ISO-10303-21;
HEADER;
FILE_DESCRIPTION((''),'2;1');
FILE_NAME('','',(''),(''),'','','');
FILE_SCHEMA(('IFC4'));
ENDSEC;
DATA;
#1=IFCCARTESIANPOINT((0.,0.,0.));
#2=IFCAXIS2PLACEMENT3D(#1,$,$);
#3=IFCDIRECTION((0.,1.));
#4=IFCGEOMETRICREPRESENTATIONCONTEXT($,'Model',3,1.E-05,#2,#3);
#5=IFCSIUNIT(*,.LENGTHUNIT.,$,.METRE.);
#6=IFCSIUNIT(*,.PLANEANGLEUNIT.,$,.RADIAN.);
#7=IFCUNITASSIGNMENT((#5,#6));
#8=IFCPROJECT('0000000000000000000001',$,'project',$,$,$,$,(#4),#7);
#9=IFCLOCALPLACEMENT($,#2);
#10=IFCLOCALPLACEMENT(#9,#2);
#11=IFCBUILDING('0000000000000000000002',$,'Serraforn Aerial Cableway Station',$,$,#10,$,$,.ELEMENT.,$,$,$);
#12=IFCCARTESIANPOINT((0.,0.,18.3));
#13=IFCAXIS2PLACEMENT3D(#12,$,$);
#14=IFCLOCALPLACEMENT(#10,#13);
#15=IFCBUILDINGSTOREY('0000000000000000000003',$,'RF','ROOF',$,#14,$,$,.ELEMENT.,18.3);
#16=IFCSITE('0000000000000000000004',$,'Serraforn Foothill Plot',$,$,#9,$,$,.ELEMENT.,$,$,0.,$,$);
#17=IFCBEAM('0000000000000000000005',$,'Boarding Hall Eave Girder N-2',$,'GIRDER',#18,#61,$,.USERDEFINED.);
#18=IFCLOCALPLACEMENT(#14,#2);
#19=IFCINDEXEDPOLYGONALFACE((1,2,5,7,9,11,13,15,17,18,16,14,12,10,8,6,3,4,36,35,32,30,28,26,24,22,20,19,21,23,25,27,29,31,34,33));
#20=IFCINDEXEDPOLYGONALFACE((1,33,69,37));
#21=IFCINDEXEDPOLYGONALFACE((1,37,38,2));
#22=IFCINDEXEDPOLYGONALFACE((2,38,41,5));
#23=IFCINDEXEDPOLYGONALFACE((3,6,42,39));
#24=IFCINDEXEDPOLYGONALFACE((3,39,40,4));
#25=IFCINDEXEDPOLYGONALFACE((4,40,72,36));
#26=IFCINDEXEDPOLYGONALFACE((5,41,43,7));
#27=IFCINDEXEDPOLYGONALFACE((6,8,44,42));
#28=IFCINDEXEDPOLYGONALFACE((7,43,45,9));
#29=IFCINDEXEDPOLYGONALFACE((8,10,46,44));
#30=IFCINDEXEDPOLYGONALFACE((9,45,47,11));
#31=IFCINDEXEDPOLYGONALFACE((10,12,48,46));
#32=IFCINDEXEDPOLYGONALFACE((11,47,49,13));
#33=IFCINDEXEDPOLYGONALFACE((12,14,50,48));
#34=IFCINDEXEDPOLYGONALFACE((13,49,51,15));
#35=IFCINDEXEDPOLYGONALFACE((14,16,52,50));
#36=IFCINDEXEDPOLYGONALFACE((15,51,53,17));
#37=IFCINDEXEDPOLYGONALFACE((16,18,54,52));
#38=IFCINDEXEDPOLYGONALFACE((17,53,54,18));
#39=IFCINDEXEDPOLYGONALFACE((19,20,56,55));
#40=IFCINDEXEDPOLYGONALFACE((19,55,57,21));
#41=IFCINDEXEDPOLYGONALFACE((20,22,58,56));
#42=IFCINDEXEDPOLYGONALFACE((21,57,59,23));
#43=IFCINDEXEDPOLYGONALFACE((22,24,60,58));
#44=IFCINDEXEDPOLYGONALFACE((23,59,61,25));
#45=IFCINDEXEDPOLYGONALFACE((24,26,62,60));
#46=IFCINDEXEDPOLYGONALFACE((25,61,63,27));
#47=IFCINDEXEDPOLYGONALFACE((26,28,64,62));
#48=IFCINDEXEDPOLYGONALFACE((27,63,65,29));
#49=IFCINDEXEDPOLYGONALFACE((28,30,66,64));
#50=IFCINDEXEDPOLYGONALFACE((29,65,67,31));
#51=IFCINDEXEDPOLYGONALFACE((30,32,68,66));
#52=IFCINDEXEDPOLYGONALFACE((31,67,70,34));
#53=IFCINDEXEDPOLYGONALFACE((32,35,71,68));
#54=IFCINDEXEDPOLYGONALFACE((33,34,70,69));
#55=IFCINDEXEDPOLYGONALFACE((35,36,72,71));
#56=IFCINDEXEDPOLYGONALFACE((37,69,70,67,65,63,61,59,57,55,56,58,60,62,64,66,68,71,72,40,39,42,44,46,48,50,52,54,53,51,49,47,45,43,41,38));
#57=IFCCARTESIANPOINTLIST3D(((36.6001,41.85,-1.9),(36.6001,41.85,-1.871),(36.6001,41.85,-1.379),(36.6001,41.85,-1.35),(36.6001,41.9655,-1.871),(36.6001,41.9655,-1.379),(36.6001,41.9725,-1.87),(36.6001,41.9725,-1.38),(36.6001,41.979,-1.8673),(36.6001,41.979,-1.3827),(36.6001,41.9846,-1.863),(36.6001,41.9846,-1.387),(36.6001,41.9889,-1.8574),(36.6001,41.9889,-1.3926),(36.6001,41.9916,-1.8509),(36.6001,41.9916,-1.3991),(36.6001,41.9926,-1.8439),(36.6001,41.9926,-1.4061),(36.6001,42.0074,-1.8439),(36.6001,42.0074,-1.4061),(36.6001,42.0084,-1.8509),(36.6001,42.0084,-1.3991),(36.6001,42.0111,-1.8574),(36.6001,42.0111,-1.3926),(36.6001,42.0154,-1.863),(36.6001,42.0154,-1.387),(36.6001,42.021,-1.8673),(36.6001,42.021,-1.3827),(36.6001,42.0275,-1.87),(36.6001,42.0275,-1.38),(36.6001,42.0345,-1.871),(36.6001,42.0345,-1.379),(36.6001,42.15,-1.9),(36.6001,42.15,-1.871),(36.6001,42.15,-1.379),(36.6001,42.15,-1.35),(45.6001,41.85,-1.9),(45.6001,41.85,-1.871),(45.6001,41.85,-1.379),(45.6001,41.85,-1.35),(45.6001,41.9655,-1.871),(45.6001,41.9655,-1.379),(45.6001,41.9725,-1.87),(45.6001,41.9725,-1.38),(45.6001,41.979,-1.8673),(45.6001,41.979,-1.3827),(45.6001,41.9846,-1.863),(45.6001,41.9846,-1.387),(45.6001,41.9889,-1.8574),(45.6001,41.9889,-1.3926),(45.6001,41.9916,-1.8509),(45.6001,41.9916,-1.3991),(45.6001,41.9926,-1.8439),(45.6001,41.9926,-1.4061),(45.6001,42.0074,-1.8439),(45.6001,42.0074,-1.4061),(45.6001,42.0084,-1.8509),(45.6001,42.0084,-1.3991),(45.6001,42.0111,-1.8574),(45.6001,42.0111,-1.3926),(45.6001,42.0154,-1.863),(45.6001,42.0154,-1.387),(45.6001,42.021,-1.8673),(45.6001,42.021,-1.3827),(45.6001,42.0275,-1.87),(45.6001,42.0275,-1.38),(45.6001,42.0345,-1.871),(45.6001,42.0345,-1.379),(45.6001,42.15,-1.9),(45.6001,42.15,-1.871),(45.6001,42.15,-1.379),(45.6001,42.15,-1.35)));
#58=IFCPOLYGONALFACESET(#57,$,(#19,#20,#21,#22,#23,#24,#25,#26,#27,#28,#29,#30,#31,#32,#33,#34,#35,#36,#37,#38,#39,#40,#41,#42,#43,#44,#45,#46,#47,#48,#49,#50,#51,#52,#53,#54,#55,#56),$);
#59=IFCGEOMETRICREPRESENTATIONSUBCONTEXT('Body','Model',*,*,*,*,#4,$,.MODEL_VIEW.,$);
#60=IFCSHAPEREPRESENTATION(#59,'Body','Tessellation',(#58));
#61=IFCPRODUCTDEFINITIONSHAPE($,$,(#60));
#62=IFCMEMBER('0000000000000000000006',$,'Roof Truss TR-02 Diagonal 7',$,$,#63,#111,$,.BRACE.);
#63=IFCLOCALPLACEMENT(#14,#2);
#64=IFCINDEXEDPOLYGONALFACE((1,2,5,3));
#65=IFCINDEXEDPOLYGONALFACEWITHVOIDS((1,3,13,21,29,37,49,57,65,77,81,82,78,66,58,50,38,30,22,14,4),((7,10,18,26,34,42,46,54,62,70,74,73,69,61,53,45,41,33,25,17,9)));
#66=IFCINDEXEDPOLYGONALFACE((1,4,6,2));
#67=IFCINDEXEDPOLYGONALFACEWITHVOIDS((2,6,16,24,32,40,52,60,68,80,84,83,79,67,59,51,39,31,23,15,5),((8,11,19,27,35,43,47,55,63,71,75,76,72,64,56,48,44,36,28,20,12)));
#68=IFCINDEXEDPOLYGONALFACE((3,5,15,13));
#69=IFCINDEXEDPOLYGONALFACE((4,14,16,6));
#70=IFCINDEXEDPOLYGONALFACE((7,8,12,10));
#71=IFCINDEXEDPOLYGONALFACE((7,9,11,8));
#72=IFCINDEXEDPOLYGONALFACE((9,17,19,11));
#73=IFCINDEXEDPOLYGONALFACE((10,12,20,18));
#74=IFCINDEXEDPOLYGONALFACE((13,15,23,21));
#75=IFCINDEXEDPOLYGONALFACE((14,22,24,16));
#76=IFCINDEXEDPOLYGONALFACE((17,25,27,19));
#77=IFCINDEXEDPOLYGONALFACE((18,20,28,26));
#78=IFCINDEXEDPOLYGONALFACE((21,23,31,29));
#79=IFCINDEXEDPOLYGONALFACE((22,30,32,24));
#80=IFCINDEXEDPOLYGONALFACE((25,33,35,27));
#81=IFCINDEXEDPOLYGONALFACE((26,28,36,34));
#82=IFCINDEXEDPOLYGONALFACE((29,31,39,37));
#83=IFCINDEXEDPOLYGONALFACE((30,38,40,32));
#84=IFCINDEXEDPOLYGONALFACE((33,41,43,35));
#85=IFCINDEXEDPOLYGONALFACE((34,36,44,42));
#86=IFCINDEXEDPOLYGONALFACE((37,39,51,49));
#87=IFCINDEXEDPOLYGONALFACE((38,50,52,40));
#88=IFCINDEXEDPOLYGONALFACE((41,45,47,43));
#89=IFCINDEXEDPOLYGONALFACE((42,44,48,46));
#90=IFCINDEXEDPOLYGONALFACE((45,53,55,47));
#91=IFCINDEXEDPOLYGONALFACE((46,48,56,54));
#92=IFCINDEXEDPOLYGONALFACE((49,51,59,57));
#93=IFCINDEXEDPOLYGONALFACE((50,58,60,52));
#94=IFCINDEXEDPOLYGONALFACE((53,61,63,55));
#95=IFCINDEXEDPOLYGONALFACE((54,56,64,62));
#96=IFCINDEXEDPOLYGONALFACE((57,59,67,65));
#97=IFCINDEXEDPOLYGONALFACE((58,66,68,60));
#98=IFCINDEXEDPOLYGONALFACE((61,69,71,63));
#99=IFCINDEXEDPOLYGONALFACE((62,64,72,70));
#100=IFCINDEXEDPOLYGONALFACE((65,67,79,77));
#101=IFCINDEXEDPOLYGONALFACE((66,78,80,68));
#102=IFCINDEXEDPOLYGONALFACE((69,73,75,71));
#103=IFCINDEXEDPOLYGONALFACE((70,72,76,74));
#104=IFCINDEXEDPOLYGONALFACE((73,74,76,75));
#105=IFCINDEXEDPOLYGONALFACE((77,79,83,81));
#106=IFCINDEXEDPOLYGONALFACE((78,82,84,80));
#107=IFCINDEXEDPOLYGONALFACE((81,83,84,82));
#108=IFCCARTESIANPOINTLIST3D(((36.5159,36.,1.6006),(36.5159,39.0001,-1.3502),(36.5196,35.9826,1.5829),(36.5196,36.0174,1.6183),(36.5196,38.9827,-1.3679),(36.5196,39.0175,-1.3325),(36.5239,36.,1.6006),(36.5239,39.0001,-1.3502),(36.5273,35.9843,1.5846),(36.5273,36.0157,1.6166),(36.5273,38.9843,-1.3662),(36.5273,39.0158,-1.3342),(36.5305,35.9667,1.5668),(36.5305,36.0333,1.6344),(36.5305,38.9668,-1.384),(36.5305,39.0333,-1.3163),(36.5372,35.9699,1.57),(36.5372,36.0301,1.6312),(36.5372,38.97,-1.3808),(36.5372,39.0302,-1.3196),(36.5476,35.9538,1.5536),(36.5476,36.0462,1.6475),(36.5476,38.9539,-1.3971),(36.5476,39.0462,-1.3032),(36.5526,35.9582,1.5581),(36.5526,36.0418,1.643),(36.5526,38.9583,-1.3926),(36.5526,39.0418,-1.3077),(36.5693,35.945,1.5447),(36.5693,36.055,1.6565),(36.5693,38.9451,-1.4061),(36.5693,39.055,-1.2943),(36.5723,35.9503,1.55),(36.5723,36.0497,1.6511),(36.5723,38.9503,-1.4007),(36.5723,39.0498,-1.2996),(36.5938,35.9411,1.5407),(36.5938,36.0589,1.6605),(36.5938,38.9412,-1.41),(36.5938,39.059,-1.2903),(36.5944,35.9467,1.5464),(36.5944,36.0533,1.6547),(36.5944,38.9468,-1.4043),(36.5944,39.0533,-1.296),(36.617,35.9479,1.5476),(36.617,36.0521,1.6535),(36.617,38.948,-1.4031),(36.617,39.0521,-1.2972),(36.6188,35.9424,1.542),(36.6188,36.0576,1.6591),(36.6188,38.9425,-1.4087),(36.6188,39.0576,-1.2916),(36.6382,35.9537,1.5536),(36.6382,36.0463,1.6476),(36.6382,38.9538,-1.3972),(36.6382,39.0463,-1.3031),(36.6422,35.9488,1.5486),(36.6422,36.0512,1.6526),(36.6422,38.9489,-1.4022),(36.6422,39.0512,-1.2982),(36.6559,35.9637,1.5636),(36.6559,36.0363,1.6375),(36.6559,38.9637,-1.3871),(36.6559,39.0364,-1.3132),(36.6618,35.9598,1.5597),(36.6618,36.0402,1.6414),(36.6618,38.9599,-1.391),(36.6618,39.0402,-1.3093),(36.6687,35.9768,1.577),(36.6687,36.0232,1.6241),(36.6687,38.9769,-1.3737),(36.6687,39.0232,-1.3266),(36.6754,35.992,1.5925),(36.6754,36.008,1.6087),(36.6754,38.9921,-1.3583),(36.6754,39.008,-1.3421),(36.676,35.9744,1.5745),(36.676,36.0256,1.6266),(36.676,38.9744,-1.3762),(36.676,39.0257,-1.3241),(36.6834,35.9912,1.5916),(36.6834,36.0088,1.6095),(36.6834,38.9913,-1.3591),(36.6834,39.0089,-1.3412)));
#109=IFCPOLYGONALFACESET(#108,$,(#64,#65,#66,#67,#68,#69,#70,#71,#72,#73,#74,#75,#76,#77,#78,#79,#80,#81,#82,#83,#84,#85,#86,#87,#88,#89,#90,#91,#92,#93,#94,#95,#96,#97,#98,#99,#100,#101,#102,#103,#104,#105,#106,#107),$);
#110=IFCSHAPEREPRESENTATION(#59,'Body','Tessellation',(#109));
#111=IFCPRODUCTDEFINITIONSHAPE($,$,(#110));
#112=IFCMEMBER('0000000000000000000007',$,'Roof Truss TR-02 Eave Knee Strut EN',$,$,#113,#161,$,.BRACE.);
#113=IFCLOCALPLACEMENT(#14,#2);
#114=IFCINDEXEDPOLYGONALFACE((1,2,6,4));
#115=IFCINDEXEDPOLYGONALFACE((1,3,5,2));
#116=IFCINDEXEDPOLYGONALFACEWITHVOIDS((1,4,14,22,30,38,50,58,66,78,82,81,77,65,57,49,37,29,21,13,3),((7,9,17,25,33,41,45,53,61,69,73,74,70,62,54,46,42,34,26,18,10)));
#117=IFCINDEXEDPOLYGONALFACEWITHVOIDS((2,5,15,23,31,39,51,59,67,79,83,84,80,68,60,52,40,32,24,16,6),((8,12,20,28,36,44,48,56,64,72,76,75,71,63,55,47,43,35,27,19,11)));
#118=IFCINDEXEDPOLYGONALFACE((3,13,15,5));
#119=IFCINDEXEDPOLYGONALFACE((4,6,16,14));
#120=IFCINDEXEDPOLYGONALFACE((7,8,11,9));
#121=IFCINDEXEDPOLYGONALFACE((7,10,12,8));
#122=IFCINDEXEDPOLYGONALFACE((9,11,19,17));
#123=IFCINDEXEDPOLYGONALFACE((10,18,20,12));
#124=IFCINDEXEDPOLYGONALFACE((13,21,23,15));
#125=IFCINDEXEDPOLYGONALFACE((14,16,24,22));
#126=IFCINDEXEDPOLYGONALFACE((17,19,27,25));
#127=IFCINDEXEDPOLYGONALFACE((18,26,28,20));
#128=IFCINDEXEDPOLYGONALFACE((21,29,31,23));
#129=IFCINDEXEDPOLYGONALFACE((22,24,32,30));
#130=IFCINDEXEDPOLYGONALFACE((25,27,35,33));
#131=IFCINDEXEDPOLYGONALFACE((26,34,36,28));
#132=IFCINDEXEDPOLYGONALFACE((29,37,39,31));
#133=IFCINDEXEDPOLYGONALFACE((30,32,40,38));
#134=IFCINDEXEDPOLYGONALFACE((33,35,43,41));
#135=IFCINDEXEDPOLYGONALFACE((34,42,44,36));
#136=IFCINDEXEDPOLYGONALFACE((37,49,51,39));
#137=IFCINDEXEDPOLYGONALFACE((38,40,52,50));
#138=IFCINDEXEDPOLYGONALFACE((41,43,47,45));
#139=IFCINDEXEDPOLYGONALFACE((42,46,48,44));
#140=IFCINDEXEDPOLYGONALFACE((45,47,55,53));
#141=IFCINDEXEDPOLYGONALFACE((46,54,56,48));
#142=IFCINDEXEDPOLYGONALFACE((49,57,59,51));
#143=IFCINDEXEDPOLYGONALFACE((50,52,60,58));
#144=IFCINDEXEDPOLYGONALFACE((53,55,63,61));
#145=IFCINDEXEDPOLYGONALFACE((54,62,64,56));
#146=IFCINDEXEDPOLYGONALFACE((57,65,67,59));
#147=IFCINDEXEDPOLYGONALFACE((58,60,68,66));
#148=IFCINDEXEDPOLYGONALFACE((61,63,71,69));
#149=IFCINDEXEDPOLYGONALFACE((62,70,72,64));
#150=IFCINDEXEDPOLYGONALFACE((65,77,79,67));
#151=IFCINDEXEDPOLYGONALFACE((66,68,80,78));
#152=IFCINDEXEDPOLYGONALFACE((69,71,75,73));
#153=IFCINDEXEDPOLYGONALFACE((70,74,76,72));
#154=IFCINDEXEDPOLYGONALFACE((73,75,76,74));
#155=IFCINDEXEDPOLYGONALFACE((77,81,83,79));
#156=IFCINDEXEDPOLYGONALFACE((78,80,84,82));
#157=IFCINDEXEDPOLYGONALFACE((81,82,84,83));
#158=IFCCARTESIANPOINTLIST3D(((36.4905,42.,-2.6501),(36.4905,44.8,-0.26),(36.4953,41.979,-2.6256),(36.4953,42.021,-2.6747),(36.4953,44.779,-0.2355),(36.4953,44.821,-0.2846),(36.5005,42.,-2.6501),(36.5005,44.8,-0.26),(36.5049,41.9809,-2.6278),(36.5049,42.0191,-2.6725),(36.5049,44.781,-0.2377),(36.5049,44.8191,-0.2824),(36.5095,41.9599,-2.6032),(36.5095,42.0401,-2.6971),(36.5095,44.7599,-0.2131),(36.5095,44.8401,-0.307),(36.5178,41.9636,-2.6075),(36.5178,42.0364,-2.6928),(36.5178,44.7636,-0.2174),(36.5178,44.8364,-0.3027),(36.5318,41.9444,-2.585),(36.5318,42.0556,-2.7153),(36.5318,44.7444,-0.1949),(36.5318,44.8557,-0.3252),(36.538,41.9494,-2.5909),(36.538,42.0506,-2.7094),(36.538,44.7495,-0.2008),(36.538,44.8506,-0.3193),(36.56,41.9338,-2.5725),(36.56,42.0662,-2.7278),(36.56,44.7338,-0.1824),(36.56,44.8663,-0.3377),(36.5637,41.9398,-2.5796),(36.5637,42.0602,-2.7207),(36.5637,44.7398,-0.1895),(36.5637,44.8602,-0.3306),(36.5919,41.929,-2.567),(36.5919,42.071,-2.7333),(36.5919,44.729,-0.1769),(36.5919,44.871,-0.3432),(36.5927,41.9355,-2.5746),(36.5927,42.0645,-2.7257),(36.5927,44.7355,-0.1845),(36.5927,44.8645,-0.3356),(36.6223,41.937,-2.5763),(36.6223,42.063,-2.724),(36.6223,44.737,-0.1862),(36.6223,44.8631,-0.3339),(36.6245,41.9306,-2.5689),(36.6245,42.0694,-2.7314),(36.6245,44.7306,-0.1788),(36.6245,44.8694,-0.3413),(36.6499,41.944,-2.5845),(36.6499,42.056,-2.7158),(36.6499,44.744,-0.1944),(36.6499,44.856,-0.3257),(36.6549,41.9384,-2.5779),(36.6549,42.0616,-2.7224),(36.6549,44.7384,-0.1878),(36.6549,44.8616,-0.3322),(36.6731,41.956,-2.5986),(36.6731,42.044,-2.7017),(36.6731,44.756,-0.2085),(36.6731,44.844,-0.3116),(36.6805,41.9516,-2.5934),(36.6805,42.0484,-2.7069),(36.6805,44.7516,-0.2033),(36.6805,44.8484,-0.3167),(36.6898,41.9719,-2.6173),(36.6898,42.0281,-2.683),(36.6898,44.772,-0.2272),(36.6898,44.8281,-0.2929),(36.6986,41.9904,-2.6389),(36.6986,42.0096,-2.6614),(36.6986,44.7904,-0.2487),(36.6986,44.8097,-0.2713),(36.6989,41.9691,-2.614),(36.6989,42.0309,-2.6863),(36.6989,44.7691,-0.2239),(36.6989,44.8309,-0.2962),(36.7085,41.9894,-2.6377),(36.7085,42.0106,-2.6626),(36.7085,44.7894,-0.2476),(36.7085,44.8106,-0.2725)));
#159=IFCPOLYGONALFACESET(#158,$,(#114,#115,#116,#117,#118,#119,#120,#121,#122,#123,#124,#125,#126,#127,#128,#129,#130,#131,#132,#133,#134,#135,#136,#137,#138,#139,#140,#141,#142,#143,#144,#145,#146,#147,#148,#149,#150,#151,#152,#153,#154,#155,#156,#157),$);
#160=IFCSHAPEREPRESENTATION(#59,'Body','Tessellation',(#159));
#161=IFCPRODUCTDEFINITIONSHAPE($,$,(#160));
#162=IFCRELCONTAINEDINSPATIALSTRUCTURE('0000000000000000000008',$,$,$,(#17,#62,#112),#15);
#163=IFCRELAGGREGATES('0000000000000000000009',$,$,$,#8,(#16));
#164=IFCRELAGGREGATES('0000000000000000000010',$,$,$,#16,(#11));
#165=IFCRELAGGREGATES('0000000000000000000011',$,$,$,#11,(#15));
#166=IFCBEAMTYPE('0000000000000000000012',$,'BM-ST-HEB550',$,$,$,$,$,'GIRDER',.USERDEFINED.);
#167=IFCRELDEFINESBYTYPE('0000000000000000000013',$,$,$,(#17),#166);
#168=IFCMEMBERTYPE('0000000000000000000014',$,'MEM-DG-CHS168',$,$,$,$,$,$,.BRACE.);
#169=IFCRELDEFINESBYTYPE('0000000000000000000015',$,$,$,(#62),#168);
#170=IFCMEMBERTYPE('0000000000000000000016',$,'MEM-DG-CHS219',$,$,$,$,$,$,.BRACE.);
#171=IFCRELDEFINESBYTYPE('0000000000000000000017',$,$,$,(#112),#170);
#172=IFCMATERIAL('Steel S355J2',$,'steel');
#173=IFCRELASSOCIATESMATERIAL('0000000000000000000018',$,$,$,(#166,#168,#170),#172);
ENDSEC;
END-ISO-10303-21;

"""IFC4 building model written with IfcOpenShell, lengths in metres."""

from ifc_helpers import new_model, si_unit, direction, frame, origin, origin_2d, place, context, subcontext, project, spatial, hollow_circle, i_section, extrude, material, material_profile, profile_set, type_object, element, save


model = new_model("IFC4")

# Units and contexts
model_context = context("Model", 3, precision=1e-05, world=origin(), true_north=direction((0.0, 1.0)))
body_context = subcontext(model_context, "Body", "Model", "MODEL_VIEW")
ifc_project = project(units=[si_unit("LENGTHUNIT", "METRE"), si_unit("PLANEANGLEUNIT", "RADIAN")], contexts=[model_context])

# Site, building, storey
site_placement = place(None, origin())
site = spatial("IfcSite", under=ifc_project, at=site_placement, Name="Serraforn Foothill Plot", CompositionType="ELEMENT", RefElevation=0.0)
building_placement = place(site_placement, origin())
building = spatial("IfcBuilding", under=site, at=building_placement, Name="Serraforn Aerial Cableway Station", CompositionType="ELEMENT")
storey_placement = place(building_placement, frame((0.0, 0.0, 18.3)))
storey = spatial("IfcBuildingStorey", under=building, at=storey_placement, Name="RF", Description="ROOF", CompositionType="ELEMENT", Elevation=18.3)

# Beam
ifc_material_1 = material(Name="Steel S355J2", Category="steel")
ifc_material_profile_1 = material_profile(ifc_material_1, i_section(OverallWidth=0.3, OverallDepth=0.55, WebThickness=0.0149, FlangeThickness=0.0291, FilletRadius=0.0271, at=origin_2d()), Name="HEB 550")
ifc_profile_set_1 = profile_set([ifc_material_profile_1], Name="Steel S355J2")
beam_type = type_object("IfcBeamType", Name="BM-ST-HEB550", ElementType="GIRDER", PredefinedType="USERDEFINED", material=ifc_profile_set_1)
beam_placement = place(storey_placement, frame((36.6001, 42.0, -1.625), z_axis=(1.0, 0.0, 0.0), x_axis=(0.0, 1.0, 0.0)))
element("IfcBeam", 1, at=beam_placement, inside=storey, type_object=beam_type, Name="Boarding Hall Eave Girder N-2", ObjectType="GIRDER", PredefinedType="USERDEFINED", context=body_context, shape_type="SweptSolid", body=[
    extrude(i_section(OverallWidth=0.3, OverallDepth=0.55, WebThickness=0.0149, FlangeThickness=0.0291, FilletRadius=0.0271, at=origin_2d()), origin(), (0.0, 0.0, 1.0), 9.0),
])

# Members
ifc_material_profile_2 = material_profile(ifc_material_1, hollow_circle(Radius=0.0842, WallThickness=0.0081, at=origin_2d()), Name="CHS 168.3x8.0")
ifc_profile_set_2 = profile_set([ifc_material_profile_2], Name="Steel S355J2")
member_type_1 = type_object("IfcMemberType", Name="MEM-DG-CHS168", PredefinedType="BRACE", material=ifc_profile_set_2)
member_1_placement = place(storey_placement, frame((36.6001, 36.0, 1.6006), z_axis=(0.0, 0.712942, -0.701223), x_axis=(-1.0, 0.0, 0.0)))
element("IfcMember", 2, at=member_1_placement, inside=storey, type_object=member_type_1, Name="Roof Truss TR-02 Diagonal 7", PredefinedType="BRACE", context=body_context, shape_type="SweptSolid", body=[
    extrude(hollow_circle(Radius=0.0842, WallThickness=0.0081, at=origin_2d()), origin(), (0.0, 0.0, 1.0), 4.208),
])
ifc_material_profile_3 = material_profile(ifc_material_1, hollow_circle(Radius=0.1096, WallThickness=0.01, at=origin_2d()), Name="CHS 219.1x10.0")
ifc_profile_set_3 = profile_set([ifc_material_profile_3], Name="Steel S355J2")
member_type_2 = type_object("IfcMemberType", Name="MEM-DG-CHS219", PredefinedType="BRACE", material=ifc_profile_set_3)
member_2_placement = place(storey_placement, frame((36.6001, 42.0, -2.6501), z_axis=(0.0, 0.760584, 0.649239), x_axis=(-1.0, 0.0, 0.0)))
element("IfcMember", 3, at=member_2_placement, inside=storey, type_object=member_type_2, Name="Roof Truss TR-02 Eave Knee Strut EN", PredefinedType="BRACE", context=body_context, shape_type="SweptSolid", body=[
    extrude(hollow_circle(Radius=0.1096, WallThickness=0.01, at=origin_2d()), origin(), (0.0, 0.0, 1.0), 3.6814),
])

save(model, "model.ifc")
